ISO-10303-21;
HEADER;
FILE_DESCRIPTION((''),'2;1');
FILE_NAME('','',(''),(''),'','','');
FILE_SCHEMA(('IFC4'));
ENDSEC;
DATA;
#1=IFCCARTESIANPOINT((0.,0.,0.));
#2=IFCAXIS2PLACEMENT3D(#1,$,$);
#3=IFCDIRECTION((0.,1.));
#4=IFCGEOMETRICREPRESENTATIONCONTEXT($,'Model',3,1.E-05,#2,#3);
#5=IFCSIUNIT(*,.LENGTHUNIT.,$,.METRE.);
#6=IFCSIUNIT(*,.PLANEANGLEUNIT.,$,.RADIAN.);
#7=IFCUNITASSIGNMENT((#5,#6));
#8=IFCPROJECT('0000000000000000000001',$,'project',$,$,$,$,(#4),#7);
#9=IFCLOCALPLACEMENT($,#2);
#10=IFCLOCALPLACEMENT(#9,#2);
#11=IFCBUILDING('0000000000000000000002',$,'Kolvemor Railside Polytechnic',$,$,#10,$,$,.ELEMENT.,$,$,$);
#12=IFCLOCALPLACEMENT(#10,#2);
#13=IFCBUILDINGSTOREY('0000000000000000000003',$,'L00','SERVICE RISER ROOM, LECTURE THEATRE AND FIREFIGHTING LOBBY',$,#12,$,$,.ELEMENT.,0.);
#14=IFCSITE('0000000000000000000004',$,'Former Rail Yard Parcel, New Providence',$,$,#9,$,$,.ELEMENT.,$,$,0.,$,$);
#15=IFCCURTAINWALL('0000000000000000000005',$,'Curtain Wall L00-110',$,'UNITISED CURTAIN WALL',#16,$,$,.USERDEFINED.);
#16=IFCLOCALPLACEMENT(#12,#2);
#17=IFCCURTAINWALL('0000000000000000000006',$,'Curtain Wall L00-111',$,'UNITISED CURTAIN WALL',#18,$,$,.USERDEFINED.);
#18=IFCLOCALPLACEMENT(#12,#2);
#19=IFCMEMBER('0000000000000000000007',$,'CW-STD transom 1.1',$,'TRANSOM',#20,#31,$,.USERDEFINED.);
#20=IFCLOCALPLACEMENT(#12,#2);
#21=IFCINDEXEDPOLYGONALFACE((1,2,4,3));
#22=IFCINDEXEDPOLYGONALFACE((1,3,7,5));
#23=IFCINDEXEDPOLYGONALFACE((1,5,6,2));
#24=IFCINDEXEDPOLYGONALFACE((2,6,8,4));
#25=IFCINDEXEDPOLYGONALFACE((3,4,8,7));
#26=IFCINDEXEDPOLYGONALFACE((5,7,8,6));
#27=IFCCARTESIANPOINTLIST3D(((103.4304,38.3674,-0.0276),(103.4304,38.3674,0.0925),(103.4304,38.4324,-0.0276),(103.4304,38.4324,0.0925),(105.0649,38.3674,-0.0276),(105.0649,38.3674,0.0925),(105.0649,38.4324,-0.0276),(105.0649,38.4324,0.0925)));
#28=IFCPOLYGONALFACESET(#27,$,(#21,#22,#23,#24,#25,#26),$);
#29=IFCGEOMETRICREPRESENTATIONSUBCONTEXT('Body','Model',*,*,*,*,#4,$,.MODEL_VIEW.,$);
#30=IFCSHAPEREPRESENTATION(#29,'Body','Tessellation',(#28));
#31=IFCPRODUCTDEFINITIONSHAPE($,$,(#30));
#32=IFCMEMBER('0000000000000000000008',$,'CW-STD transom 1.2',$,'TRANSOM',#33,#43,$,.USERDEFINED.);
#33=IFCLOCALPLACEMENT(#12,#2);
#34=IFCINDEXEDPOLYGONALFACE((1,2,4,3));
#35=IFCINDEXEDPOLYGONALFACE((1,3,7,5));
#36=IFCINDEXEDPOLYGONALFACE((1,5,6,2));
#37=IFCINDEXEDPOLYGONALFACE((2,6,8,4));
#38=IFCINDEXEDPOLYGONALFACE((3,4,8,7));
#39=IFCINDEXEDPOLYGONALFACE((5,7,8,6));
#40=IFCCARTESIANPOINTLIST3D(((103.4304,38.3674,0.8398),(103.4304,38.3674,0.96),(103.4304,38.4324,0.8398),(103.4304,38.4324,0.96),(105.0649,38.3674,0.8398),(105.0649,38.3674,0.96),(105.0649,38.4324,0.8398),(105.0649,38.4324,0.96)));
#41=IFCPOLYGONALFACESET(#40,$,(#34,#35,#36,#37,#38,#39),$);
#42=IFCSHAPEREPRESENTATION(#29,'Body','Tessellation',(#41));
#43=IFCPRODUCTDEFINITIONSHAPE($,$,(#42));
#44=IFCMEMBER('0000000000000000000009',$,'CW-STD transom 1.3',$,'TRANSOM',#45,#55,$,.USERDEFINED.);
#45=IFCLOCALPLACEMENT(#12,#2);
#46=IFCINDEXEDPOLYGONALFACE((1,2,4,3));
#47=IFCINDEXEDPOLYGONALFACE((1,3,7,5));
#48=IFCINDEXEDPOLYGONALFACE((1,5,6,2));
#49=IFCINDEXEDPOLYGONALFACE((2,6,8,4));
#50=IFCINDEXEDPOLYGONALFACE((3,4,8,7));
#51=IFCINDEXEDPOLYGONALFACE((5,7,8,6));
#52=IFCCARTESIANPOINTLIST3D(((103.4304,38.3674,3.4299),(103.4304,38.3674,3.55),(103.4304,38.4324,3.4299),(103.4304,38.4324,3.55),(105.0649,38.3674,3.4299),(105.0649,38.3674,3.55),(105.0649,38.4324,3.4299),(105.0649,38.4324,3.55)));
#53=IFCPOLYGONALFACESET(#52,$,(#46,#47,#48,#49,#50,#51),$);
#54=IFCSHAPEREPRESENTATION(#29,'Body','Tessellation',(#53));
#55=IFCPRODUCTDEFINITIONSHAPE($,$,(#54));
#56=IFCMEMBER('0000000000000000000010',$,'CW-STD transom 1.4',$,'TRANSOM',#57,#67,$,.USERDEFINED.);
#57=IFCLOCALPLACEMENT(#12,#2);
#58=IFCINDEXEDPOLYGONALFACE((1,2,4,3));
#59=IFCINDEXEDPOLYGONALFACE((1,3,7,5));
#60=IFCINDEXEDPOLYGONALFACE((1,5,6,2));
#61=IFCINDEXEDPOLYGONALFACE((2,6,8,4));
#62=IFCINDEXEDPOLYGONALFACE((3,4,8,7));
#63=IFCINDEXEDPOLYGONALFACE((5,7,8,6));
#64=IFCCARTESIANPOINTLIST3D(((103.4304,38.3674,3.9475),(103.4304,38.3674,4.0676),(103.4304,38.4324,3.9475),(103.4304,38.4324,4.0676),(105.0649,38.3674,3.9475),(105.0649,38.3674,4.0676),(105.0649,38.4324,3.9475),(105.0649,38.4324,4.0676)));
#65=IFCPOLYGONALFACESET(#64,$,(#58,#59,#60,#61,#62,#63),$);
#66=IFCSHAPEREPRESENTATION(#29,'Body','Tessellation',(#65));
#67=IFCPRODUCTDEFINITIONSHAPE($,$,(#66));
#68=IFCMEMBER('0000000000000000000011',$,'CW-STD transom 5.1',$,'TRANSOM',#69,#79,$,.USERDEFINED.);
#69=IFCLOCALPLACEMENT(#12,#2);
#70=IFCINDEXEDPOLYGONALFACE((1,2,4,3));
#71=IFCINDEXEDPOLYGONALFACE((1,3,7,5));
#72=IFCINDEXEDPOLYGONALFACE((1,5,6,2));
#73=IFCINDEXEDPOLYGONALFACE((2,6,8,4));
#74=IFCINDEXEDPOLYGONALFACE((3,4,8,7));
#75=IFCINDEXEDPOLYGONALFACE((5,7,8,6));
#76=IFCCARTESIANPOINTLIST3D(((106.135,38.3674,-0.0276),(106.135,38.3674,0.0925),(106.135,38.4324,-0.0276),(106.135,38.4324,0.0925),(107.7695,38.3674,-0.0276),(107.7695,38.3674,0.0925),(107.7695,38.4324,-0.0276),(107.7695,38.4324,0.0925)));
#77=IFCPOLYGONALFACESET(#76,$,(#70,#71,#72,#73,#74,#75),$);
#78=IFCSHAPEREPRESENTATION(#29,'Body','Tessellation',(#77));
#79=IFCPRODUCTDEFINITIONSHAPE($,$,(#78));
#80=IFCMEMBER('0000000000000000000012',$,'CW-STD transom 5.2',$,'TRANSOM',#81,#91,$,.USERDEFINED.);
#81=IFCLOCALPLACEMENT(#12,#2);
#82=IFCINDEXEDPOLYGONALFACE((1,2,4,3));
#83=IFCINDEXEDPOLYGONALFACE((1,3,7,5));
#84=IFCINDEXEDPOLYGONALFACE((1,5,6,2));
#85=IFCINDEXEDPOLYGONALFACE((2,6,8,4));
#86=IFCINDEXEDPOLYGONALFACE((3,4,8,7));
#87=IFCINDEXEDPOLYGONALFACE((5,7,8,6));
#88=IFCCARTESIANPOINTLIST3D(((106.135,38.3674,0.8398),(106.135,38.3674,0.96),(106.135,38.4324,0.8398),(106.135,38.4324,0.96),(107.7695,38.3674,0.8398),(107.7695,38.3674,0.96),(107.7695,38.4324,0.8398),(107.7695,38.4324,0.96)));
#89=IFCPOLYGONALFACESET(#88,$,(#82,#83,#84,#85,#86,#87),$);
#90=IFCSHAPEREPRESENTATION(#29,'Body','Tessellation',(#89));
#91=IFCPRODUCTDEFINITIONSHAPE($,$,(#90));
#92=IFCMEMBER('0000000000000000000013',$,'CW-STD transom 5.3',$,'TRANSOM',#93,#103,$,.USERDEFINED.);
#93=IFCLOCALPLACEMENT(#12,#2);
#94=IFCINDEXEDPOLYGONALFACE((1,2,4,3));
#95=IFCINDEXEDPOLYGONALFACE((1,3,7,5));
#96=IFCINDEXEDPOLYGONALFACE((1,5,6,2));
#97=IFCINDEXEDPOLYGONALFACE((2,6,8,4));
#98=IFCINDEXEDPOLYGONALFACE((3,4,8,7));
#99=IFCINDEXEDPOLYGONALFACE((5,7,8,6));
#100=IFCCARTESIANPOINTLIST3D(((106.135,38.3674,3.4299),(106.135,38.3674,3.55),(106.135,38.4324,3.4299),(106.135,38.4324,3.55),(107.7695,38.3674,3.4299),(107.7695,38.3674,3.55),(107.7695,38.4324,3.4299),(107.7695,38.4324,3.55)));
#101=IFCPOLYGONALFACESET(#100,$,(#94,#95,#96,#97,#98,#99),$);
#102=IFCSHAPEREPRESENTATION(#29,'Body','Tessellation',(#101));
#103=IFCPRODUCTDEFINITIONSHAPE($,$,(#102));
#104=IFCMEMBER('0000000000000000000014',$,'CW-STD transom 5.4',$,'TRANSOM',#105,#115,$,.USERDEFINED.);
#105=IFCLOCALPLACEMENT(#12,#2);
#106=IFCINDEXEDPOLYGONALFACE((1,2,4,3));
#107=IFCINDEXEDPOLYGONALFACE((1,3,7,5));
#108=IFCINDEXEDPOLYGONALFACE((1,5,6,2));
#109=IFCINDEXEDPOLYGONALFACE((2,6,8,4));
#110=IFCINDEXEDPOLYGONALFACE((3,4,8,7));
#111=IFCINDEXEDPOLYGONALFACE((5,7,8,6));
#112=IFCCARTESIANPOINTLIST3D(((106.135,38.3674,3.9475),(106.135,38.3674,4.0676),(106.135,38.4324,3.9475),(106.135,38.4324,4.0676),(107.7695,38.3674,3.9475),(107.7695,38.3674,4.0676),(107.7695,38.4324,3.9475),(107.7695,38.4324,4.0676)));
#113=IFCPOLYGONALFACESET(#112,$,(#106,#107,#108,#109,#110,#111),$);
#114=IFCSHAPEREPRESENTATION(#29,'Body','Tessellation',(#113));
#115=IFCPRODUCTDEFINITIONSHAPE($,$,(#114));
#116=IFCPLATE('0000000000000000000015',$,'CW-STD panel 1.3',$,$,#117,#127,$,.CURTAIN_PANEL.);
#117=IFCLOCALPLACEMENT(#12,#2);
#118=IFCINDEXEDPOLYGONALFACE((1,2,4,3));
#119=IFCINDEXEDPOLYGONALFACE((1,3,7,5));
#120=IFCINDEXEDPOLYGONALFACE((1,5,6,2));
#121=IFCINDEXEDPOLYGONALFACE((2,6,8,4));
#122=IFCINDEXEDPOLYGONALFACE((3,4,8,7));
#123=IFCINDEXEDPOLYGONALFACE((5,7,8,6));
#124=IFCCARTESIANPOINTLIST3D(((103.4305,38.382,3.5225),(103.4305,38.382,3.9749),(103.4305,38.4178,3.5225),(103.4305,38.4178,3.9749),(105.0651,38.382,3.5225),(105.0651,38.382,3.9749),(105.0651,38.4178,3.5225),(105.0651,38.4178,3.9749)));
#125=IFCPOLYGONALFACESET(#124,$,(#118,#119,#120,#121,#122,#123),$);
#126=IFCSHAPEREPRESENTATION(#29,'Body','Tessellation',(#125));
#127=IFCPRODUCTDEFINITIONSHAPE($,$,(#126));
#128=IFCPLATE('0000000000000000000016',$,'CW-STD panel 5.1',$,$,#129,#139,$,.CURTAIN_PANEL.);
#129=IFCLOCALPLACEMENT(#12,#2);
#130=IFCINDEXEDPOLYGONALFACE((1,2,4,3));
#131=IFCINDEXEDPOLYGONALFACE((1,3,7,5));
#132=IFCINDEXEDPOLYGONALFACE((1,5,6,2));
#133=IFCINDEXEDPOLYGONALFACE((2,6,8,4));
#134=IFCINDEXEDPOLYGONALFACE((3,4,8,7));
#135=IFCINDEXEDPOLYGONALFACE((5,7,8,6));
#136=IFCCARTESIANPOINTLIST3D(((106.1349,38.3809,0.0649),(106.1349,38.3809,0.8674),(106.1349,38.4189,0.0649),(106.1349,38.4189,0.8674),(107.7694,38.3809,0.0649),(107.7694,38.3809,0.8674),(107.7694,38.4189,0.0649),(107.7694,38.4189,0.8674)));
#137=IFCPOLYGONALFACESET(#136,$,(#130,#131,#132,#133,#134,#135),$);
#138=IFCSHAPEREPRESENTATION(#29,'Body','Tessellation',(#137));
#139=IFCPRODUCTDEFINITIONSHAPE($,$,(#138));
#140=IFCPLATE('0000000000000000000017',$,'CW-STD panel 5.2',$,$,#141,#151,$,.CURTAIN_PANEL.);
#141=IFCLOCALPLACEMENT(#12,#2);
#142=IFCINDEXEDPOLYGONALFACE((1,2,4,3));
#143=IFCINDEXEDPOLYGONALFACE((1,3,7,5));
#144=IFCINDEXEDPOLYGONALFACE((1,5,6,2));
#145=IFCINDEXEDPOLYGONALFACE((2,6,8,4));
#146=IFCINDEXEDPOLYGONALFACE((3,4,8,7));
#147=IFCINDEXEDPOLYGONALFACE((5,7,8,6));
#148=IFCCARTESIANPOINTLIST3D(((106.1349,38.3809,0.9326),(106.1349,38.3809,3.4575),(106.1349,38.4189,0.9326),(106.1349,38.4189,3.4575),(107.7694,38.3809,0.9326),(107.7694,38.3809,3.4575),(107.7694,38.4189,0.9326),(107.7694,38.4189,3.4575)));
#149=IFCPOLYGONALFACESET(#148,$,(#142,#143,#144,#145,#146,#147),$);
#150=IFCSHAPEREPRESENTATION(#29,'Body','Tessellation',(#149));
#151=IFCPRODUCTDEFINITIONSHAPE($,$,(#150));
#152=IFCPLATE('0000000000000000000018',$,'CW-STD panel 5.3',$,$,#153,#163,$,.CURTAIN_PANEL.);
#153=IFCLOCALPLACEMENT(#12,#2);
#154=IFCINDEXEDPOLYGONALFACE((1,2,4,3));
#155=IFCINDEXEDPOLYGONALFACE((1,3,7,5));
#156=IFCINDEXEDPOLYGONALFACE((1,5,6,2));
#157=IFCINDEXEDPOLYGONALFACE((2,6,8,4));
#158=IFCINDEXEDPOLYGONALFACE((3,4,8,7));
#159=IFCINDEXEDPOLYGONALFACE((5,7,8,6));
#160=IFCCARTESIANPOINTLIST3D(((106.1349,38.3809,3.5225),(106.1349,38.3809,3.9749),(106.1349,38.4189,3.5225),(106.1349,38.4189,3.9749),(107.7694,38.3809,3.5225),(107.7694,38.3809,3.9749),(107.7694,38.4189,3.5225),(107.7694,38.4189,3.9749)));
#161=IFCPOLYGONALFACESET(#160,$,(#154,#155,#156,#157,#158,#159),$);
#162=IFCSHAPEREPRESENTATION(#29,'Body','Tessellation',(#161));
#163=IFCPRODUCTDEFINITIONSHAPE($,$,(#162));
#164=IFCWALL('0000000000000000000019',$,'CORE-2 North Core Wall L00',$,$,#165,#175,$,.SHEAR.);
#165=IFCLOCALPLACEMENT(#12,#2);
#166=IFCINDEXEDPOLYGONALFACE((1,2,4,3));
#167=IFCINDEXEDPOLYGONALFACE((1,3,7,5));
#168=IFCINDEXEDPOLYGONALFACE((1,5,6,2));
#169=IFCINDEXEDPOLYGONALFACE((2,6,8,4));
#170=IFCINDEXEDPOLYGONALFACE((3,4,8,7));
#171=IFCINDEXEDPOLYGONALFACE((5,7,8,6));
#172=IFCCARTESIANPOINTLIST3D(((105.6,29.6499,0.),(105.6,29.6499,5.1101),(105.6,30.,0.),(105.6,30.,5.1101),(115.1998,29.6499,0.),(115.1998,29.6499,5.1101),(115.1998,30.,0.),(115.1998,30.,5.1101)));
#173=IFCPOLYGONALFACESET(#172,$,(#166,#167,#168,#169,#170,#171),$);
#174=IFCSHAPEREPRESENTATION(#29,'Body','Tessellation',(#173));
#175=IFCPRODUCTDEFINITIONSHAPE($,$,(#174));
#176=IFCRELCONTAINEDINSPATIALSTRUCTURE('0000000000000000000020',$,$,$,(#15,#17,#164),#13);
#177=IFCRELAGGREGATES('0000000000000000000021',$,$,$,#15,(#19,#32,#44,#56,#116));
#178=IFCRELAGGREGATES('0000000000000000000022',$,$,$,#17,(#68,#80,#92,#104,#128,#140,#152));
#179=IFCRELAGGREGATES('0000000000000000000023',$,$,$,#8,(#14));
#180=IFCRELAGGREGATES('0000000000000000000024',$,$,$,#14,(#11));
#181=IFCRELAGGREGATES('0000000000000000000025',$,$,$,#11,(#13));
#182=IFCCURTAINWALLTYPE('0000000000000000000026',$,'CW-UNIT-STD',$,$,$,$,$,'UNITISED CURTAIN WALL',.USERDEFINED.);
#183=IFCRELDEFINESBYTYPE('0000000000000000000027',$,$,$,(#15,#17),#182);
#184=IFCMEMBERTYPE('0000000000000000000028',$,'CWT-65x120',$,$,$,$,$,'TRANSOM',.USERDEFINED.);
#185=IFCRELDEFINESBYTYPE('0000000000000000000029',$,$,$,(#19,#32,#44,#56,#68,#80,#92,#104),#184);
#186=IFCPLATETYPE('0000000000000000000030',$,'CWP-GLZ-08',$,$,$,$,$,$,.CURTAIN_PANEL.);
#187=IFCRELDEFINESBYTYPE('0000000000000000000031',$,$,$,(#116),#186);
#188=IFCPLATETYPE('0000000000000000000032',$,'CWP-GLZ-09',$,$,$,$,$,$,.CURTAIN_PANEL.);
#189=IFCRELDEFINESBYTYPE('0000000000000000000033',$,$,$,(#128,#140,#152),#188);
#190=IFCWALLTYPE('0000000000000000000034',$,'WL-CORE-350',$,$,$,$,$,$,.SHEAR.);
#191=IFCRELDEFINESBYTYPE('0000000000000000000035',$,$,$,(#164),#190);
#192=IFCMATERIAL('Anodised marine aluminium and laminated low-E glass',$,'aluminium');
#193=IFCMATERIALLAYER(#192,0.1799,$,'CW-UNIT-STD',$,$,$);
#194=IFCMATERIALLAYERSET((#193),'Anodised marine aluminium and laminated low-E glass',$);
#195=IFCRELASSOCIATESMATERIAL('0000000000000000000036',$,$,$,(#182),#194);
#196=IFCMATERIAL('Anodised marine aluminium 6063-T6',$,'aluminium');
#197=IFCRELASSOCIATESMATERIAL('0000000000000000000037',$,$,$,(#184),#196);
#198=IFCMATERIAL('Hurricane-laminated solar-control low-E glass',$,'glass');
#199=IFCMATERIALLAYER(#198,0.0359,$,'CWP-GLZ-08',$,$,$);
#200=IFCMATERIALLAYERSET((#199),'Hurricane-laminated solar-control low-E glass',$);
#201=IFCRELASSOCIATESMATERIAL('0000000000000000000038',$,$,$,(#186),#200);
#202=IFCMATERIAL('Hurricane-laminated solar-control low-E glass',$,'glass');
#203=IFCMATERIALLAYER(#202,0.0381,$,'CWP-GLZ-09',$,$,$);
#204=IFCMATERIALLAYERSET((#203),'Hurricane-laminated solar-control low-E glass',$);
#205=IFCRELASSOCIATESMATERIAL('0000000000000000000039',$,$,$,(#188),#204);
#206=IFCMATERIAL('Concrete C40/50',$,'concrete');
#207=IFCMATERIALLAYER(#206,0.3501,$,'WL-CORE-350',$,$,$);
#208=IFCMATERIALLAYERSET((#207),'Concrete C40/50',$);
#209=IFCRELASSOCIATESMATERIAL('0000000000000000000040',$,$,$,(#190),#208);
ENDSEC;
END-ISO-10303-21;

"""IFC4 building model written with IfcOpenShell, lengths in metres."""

from ifc_helpers import new_model, si_unit, direction, frame, frame_2d, origin, origin_2d, place, context, subcontext, project, spatial, rectangle, extrude, material, layer, layer_set, material_profile, profile_set, type_object, element, aggregate, save


model = new_model("IFC4")

# Units and contexts
model_context = context("Model", 3, precision=1e-05, world=origin(), true_north=direction((0.0, 1.0)))
body_context = subcontext(model_context, "Body", "Model", "MODEL_VIEW")
ifc_project = project(units=[si_unit("LENGTHUNIT", "METRE"), si_unit("PLANEANGLEUNIT", "RADIAN")], contexts=[model_context])

# Site, building, storey
site_placement = place(None, origin())
site = spatial("IfcSite", under=ifc_project, at=site_placement, Name="Former Rail Yard Parcel, New Providence", CompositionType="ELEMENT", RefElevation=0.0)
building_placement = place(site_placement, origin())
building = spatial("IfcBuilding", under=site, at=building_placement, Name="Kolvemor Railside Polytechnic", CompositionType="ELEMENT")
storey_placement = place(building_placement, origin())
storey = spatial("IfcBuildingStorey", under=building, at=storey_placement, Name="L00", Description="SERVICE RISER ROOM, LECTURE THEATRE AND FIREFIGHTING LOBBY", CompositionType="ELEMENT", Elevation=0.0)

# Curtain wall
ifc_material_1 = material(Name="Anodised marine aluminium and laminated low-E glass", Category="aluminium")
ifc_layer_1 = layer(ifc_material_1, 0.1799, Name="CW-UNIT-STD")
ifc_layer_set_1 = layer_set([ifc_layer_1], Name="Anodised marine aluminium and laminated low-E glass")
curtain_wall_type = type_object("IfcCurtainWallType", Name="CW-UNIT-STD", ElementType="UNITISED CURTAIN WALL", PredefinedType="USERDEFINED", material=ifc_layer_set_1)
curtain_wall_1_placement = place(storey_placement, origin())
curtain_wall_1 = element("IfcCurtainWall", 1, at=curtain_wall_1_placement, inside=storey, type_object=curtain_wall_type, Name="Curtain Wall L00-110", ObjectType="UNITISED CURTAIN WALL", PredefinedType="USERDEFINED")

# Curtain wall
curtain_wall_2_placement = place(storey_placement, origin())
curtain_wall_2 = element("IfcCurtainWall", 2, at=curtain_wall_2_placement, inside=storey, type_object=curtain_wall_type, Name="Curtain Wall L00-111", ObjectType="UNITISED CURTAIN WALL", PredefinedType="USERDEFINED")

# Members
ifc_material_2 = material(Name="Anodised marine aluminium 6063-T6", Category="aluminium")
ifc_material_profile_1 = material_profile(ifc_material_2, rectangle(XDim=0.0649, YDim=0.1201, at=origin_2d()), Name="CW-TRN-65x120")
ifc_profile_set_1 = profile_set([ifc_material_profile_1], Name="Anodised marine aluminium 6063-T6")
member_type_1 = type_object("IfcMemberType", Name="CWT-65x120", ElementType="TRANSOM", PredefinedType="USERDEFINED", material=ifc_profile_set_1)
member_1_placement = place(storey_placement, frame((105.0649, 38.3999, 0.0325), z_axis=(-1.0, 0.0, 0.0), x_axis=(0.0, -1.0, 0.0)))
member_1 = element("IfcMember", 3, at=member_1_placement, type_object=member_type_1, Name="CW-STD transom 1.1", ObjectType="TRANSOM", PredefinedType="USERDEFINED", context=body_context, shape_type="SweptSolid", body=[
    extrude(rectangle(XDim=0.0649, YDim=0.1201, at=origin_2d()), origin(), (0.0, 0.0, 1.0), 1.6345),
])
member_2_placement = place(storey_placement, frame((105.0649, 38.3999, 0.8999), z_axis=(-1.0, 0.0, 0.0), x_axis=(0.0, -1.0, 0.0)))
member_2 = element("IfcMember", 4, at=member_2_placement, type_object=member_type_1, Name="CW-STD transom 1.2", ObjectType="TRANSOM", PredefinedType="USERDEFINED", context=body_context, shape_type="SweptSolid", body=[
    extrude(rectangle(XDim=0.0649, YDim=0.1201, at=origin_2d()), origin(), (0.0, 0.0, 1.0), 1.6345),
])
member_3_placement = place(storey_placement, frame((105.0649, 38.3999, 3.49), z_axis=(-1.0, 0.0, 0.0), x_axis=(0.0, -1.0, 0.0)))
member_3 = element("IfcMember", 5, at=member_3_placement, type_object=member_type_1, Name="CW-STD transom 1.3", ObjectType="TRANSOM", PredefinedType="USERDEFINED", context=body_context, shape_type="SweptSolid", body=[
    extrude(rectangle(XDim=0.0649, YDim=0.1201, at=origin_2d()), origin(), (0.0, 0.0, 1.0), 1.6345),
])
member_4_placement = place(storey_placement, frame((105.0649, 38.3999, 4.0076), z_axis=(-1.0, 0.0, 0.0), x_axis=(0.0, -1.0, 0.0)))
member_4 = element("IfcMember", 6, at=member_4_placement, type_object=member_type_1, Name="CW-STD transom 1.4", ObjectType="TRANSOM", PredefinedType="USERDEFINED", context=body_context, shape_type="SweptSolid", body=[
    extrude(rectangle(XDim=0.0649, YDim=0.1201, at=origin_2d()), origin(), (0.0, 0.0, 1.0), 1.6345),
])
member_5_placement = place(storey_placement, frame((107.7695, 38.3999, 0.0325), z_axis=(-1.0, 0.0, 0.0), x_axis=(0.0, -1.0, 0.0)))
member_5 = element("IfcMember", 7, at=member_5_placement, type_object=member_type_1, Name="CW-STD transom 5.1", ObjectType="TRANSOM", PredefinedType="USERDEFINED", context=body_context, shape_type="SweptSolid", body=[
    extrude(rectangle(XDim=0.0649, YDim=0.1201, at=origin_2d()), origin(), (0.0, 0.0, 1.0), 1.6345),
])
member_6_placement = place(storey_placement, frame((107.7695, 38.3999, 0.8999), z_axis=(-1.0, 0.0, 0.0), x_axis=(0.0, -1.0, 0.0)))
member_6 = element("IfcMember", 8, at=member_6_placement, type_object=member_type_1, Name="CW-STD transom 5.2", ObjectType="TRANSOM", PredefinedType="USERDEFINED", context=body_context, shape_type="SweptSolid", body=[
    extrude(rectangle(XDim=0.0649, YDim=0.1201, at=origin_2d()), origin(), (0.0, 0.0, 1.0), 1.6345),
])
member_7_placement = place(storey_placement, frame((107.7695, 38.3999, 3.49), z_axis=(-1.0, 0.0, 0.0), x_axis=(0.0, -1.0, 0.0)))
member_7 = element("IfcMember", 9, at=member_7_placement, type_object=member_type_1, Name="CW-STD transom 5.3", ObjectType="TRANSOM", PredefinedType="USERDEFINED", context=body_context, shape_type="SweptSolid", body=[
    extrude(rectangle(XDim=0.0649, YDim=0.1201, at=origin_2d()), origin(), (0.0, 0.0, 1.0), 1.6345),
])
member_8_placement = place(storey_placement, frame((107.7695, 38.3999, 4.0076), z_axis=(-1.0, 0.0, 0.0), x_axis=(0.0, -1.0, 0.0)))
member_8 = element("IfcMember", 10, at=member_8_placement, type_object=member_type_1, Name="CW-STD transom 5.4", ObjectType="TRANSOM", PredefinedType="USERDEFINED", context=body_context, shape_type="SweptSolid", body=[
    extrude(rectangle(XDim=0.0649, YDim=0.1201, at=origin_2d()), origin(), (0.0, 0.0, 1.0), 1.6345),
])

# Plates
ifc_material_3 = material(Name="Hurricane-laminated solar-control low-E glass", Category="glass")
ifc_layer_2 = layer(ifc_material_3, 0.0359, Name="CWP-GLZ-08")
ifc_layer_set_2 = layer_set([ifc_layer_2], Name="Hurricane-laminated solar-control low-E glass")
plate_type_1 = type_object("IfcPlateType", Name="CWP-GLZ-08", PredefinedType="CURTAIN_PANEL", material=ifc_layer_set_2)
plate_1_placement = place(storey_placement, frame((104.2478, 38.3999, 3.5225), z_axis=(0.0, 0.0, 1.0), x_axis=(-1.0, 0.0, 0.0)))
plate_1 = element("IfcPlate", 11, at=plate_1_placement, type_object=plate_type_1, Name="CW-STD panel 1.3", PredefinedType="CURTAIN_PANEL", context=body_context, shape_type="SweptSolid", body=[
    extrude(rectangle(XDim=1.6345, YDim=0.0359, at=origin_2d()), origin(), (0.0, 0.0, 1.0), 0.4524),
])
aggregate(curtain_wall_1, [member_1, member_2, member_3, member_4, plate_1])
ifc_material_4 = material(Name="Hurricane-laminated solar-control low-E glass", Category="glass")
ifc_layer_3 = layer(ifc_material_4, 0.0381, Name="CWP-GLZ-09")
ifc_layer_set_3 = layer_set([ifc_layer_3], Name="Hurricane-laminated solar-control low-E glass")
plate_type_2 = type_object("IfcPlateType", Name="CWP-GLZ-09", PredefinedType="CURTAIN_PANEL", material=ifc_layer_set_3)
plate_2_placement = place(storey_placement, frame((106.9521, 38.3999, 0.0649), z_axis=(0.0, 0.0, 1.0), x_axis=(-1.0, 0.0, 0.0)))
plate_2 = element("IfcPlate", 12, at=plate_2_placement, type_object=plate_type_2, Name="CW-STD panel 5.1", PredefinedType="CURTAIN_PANEL", context=body_context, shape_type="SweptSolid", body=[
    extrude(rectangle(XDim=1.6345, YDim=0.0381, at=origin_2d()), origin(), (0.0, 0.0, 1.0), 0.8025),
])
plate_3_placement = place(storey_placement, frame((106.9521, 38.3999, 0.9326), z_axis=(0.0, 0.0, 1.0), x_axis=(-1.0, 0.0, 0.0)))
plate_3 = element("IfcPlate", 13, at=plate_3_placement, type_object=plate_type_2, Name="CW-STD panel 5.2", PredefinedType="CURTAIN_PANEL", context=body_context, shape_type="SweptSolid", body=[
    extrude(rectangle(XDim=1.6345, YDim=0.0381, at=origin_2d()), origin(), (0.0, 0.0, 1.0), 2.5249),
])
plate_4_placement = place(storey_placement, frame((106.9521, 38.3999, 3.5225), z_axis=(0.0, 0.0, 1.0), x_axis=(-1.0, 0.0, 0.0)))
plate_4 = element("IfcPlate", 14, at=plate_4_placement, type_object=plate_type_2, Name="CW-STD panel 5.3", PredefinedType="CURTAIN_PANEL", context=body_context, shape_type="SweptSolid", body=[
    extrude(rectangle(XDim=1.6345, YDim=0.0381, at=origin_2d()), origin(), (0.0, 0.0, 1.0), 0.4524),
])
aggregate(curtain_wall_2, [member_5, member_6, member_7, member_8, plate_2, plate_3, plate_4])

# Wall
ifc_material_5 = material(Name="Concrete C40/50", Category="concrete")
ifc_layer_4 = layer(ifc_material_5, 0.3501, Name="WL-CORE-350")
ifc_layer_set_4 = layer_set([ifc_layer_4], Name="Concrete C40/50")
wall_type_1 = type_object("IfcWallType", Name="WL-CORE-350", PredefinedType="SHEAR", material=ifc_layer_set_4)
wall_1_placement = place(storey_placement, frame((105.6001, 29.825, 0.0), z_axis=(0.0, 0.0, 1.0), x_axis=(1.0, 0.0, 0.0)))
element("IfcWall", 15, at=wall_1_placement, inside=storey, type_object=wall_type_1, Name="CORE-2 North Core Wall L00", PredefinedType="SHEAR", context=body_context, shape_type="SweptSolid", body=[
    extrude(rectangle(XDim=9.5999, YDim=0.3501, at=frame_2d((4.7998, 0.0))), origin(), (0.0, 0.0, 1.0), 5.1101),
])

save(model, "model.ifc")
